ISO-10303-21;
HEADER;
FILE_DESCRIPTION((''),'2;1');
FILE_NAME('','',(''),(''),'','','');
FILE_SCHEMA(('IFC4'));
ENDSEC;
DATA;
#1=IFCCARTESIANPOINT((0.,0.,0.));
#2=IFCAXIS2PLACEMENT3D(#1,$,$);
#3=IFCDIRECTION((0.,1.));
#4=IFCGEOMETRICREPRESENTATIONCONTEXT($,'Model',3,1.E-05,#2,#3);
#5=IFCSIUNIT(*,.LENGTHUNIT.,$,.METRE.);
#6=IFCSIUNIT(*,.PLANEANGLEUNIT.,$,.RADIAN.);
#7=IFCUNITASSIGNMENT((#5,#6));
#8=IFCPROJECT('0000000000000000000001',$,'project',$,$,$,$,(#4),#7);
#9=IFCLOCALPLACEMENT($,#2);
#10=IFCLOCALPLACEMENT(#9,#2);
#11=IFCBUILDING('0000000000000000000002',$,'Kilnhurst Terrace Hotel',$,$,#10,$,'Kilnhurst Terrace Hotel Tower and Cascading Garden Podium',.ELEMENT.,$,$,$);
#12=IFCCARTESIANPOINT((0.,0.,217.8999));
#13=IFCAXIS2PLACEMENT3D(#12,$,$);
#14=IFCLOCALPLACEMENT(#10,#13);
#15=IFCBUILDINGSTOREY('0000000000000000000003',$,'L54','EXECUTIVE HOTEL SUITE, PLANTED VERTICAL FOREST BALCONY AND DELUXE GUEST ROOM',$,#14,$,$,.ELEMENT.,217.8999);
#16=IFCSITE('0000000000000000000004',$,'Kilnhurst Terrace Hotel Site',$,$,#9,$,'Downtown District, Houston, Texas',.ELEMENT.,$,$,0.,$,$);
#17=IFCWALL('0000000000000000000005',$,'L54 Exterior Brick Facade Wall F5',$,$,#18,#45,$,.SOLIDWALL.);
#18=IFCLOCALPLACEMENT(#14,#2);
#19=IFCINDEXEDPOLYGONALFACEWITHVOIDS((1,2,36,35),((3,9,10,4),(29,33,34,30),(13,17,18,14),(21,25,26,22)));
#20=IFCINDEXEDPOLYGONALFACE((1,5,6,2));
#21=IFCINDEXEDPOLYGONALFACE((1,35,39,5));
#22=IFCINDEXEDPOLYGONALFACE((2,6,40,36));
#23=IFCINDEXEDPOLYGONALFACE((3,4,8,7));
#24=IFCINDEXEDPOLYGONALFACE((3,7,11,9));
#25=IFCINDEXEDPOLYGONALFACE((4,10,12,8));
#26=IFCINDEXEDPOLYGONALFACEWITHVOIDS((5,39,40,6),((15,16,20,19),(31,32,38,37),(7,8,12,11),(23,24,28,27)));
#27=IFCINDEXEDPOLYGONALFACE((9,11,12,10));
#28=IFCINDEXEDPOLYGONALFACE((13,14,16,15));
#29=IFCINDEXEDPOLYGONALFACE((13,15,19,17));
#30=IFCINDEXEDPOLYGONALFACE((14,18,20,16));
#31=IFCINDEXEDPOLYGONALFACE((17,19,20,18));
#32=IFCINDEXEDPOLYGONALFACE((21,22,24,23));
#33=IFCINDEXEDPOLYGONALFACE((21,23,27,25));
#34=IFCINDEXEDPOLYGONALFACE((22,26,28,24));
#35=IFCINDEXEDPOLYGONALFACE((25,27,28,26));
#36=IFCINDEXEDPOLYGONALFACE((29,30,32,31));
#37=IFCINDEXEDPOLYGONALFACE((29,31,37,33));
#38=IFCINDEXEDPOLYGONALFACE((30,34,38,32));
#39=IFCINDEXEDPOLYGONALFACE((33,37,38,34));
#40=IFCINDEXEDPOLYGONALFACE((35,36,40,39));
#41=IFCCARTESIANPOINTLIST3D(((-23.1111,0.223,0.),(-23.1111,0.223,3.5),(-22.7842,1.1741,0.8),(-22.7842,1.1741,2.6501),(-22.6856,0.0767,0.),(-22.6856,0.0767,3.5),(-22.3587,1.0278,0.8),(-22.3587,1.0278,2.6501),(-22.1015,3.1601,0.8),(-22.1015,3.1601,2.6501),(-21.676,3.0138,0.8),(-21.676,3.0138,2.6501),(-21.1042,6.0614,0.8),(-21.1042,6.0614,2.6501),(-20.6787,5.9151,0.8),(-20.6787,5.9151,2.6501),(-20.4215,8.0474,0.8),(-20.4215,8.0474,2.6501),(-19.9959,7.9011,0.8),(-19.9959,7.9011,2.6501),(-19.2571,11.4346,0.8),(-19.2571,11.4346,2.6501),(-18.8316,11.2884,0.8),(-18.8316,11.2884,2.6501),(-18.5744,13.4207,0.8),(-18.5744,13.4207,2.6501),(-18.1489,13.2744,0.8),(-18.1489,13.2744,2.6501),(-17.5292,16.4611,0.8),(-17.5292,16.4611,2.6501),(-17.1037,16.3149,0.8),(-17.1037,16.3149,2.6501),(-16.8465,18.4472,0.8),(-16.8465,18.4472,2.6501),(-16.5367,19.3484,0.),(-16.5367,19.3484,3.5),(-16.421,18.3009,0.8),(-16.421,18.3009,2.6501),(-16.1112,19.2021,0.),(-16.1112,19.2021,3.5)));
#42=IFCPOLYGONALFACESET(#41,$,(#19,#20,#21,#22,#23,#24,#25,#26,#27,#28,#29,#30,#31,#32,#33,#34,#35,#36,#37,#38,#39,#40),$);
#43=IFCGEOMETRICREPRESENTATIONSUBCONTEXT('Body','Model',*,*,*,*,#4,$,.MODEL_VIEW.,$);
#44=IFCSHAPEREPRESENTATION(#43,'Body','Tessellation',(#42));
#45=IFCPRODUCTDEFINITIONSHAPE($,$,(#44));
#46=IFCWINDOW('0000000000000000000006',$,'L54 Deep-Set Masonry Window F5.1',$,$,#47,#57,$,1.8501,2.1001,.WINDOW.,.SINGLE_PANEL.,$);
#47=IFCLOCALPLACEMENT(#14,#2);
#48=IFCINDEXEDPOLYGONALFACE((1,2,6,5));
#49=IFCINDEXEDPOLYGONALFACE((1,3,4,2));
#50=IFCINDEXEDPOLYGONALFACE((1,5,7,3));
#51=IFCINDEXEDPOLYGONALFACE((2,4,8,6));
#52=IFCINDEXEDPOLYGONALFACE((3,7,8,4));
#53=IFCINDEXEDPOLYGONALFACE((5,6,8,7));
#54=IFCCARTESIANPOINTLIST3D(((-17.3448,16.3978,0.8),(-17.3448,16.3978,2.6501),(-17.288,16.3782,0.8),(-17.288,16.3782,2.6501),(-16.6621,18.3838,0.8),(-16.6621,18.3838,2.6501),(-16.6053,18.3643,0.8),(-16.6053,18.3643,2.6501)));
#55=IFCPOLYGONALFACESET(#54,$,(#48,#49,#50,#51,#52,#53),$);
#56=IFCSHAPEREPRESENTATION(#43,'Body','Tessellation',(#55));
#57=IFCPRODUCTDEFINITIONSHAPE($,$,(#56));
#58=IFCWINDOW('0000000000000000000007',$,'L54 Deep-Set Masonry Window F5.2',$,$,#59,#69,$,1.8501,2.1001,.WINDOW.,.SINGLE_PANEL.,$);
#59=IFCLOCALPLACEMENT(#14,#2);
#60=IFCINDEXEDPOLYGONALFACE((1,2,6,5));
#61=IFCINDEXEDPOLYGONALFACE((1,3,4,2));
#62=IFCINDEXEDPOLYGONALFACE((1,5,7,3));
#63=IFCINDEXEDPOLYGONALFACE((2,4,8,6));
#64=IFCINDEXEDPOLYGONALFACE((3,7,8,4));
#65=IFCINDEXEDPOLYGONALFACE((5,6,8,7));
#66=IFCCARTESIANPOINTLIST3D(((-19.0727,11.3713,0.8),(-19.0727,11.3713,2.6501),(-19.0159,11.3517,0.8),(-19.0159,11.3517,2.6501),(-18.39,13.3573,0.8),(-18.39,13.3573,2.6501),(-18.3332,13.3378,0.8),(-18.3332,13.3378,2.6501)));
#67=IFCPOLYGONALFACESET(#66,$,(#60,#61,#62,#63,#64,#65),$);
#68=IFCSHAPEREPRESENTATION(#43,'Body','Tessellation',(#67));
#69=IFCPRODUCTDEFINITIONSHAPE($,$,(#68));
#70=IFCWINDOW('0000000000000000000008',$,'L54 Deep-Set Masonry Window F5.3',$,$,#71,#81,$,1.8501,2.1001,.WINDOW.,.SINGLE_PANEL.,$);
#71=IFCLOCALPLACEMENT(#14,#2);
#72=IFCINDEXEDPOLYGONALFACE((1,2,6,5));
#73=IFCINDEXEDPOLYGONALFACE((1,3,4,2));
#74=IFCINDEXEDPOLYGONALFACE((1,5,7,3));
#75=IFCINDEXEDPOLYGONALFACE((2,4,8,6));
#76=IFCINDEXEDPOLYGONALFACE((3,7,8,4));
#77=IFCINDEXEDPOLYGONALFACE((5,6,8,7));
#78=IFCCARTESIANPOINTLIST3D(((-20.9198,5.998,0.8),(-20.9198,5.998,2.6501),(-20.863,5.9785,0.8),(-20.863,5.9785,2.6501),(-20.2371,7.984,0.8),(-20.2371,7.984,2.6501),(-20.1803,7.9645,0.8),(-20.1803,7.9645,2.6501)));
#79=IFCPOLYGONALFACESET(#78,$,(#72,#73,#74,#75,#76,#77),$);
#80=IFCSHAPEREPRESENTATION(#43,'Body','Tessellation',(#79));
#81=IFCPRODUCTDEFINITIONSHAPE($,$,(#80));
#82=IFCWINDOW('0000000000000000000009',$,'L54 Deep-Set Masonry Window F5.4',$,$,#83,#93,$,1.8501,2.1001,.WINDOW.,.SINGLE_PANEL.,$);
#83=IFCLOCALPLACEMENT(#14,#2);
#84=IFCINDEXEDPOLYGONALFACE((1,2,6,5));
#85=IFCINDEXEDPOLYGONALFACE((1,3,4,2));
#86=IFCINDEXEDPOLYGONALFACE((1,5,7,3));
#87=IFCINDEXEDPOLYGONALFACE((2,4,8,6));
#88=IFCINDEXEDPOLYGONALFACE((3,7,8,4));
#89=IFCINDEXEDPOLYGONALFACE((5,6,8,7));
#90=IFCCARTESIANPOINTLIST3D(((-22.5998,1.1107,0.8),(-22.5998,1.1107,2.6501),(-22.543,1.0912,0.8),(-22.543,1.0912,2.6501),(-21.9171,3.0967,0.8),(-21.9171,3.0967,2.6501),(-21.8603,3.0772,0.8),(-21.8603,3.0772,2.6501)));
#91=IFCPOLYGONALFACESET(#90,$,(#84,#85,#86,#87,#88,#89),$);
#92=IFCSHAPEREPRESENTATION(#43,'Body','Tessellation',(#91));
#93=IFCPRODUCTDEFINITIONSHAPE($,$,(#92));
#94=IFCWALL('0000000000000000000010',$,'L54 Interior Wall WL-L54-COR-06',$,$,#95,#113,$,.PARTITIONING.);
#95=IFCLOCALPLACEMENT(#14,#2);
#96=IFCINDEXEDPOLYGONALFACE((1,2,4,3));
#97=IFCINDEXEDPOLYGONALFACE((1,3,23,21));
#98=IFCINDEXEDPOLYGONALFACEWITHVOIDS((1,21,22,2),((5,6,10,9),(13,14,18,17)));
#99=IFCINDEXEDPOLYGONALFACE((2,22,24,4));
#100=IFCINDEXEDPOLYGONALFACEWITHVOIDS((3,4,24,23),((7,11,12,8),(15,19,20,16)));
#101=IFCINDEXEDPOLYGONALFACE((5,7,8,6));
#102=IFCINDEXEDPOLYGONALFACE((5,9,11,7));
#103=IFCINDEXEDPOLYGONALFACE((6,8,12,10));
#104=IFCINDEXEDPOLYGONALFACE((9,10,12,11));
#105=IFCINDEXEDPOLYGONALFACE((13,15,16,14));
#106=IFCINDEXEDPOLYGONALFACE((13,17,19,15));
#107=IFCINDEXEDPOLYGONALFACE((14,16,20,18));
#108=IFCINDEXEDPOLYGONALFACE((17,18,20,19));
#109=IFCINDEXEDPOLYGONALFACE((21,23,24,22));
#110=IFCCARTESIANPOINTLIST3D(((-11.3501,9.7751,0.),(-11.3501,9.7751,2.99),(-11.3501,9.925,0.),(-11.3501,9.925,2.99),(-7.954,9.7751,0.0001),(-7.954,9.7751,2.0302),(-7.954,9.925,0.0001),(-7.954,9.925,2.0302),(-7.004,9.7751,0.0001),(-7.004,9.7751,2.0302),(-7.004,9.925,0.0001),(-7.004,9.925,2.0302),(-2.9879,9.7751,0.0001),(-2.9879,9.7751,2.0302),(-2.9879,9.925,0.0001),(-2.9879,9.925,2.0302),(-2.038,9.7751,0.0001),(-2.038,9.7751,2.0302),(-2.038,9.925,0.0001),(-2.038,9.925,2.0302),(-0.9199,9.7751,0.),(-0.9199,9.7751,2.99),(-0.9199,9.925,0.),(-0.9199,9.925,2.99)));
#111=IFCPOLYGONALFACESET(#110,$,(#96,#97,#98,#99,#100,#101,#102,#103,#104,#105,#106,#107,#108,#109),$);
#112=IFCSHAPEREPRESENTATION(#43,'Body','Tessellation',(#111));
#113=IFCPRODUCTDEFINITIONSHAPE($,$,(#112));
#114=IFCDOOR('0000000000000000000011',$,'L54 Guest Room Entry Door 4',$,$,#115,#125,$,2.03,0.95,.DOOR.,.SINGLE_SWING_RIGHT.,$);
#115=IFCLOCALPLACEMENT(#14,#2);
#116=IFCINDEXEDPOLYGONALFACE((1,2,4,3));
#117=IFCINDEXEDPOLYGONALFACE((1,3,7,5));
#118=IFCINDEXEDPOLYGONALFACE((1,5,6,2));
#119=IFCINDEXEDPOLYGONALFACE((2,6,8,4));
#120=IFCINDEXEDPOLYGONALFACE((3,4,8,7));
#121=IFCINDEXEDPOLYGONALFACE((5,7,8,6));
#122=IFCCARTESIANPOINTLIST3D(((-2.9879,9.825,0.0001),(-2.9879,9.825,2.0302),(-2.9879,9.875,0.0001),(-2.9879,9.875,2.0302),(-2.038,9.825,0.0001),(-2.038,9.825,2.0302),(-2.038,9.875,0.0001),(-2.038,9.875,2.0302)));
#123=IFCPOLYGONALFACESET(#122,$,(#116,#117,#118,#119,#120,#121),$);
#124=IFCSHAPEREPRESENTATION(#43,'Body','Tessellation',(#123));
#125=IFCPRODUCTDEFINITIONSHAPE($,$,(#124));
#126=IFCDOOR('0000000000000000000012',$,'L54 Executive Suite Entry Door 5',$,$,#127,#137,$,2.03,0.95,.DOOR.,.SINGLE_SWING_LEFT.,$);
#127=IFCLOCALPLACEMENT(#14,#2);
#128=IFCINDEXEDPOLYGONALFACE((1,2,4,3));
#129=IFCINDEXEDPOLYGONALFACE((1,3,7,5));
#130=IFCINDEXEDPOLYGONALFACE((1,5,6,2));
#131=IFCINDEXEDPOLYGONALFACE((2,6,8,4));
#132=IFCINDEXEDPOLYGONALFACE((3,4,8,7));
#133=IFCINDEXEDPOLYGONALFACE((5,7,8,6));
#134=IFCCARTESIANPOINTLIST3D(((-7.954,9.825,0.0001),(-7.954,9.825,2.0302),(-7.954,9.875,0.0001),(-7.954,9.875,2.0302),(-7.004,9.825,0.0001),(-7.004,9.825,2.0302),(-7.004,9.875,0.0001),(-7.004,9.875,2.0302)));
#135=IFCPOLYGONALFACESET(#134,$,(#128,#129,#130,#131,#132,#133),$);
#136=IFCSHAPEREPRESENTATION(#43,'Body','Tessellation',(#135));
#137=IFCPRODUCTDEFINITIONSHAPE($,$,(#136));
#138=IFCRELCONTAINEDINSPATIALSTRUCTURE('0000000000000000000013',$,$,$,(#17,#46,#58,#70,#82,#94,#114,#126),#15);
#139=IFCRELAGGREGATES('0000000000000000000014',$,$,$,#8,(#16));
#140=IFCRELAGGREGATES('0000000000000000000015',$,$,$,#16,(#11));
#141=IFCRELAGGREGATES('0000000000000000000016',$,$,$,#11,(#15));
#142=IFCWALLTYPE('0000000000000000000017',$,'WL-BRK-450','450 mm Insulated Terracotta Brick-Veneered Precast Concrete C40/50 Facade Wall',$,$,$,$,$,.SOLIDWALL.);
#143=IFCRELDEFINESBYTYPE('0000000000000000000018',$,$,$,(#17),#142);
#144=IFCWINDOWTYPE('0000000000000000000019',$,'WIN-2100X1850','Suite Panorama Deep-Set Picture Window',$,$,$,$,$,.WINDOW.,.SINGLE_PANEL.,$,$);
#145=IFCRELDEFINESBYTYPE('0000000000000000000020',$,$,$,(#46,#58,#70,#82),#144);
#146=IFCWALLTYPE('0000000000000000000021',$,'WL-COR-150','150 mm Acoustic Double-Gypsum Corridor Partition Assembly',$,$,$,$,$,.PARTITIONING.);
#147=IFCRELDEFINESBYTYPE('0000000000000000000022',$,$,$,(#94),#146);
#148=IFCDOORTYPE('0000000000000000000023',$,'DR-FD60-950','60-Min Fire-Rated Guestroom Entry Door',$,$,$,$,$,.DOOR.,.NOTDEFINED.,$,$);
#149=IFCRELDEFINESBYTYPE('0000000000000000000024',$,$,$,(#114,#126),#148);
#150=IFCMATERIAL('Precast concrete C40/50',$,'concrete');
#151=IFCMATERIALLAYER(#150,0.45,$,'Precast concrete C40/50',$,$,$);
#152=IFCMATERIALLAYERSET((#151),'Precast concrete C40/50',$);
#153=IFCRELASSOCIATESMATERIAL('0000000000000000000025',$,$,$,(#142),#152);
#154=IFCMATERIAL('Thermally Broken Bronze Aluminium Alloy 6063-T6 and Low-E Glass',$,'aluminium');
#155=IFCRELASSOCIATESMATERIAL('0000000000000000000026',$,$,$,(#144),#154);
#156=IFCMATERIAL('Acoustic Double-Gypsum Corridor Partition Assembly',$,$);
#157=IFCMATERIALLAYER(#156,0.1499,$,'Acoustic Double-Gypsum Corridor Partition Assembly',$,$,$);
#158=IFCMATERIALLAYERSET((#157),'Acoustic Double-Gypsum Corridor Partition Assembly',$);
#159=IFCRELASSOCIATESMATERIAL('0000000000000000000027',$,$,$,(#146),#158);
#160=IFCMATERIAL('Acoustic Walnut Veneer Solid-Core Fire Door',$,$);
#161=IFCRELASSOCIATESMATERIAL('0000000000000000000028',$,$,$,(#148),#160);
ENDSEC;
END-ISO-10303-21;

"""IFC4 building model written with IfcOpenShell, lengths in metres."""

from ifc_helpers import new_model, si_unit, direction, frame, frame_2d, origin, place, context, subcontext, project, spatial, rectangle, extrude, material, layer, layer_set, type_object, element, fill, save


model = new_model("IFC4")

# Units and contexts
model_context = context("Model", 3, precision=1e-05, world=origin(), true_north=direction((0.0, 1.0)))
body_context = subcontext(model_context, "Body", "Model", "MODEL_VIEW")
ifc_project = project(units=[si_unit("LENGTHUNIT", "METRE"), si_unit("PLANEANGLEUNIT", "RADIAN")], contexts=[model_context])

# Site, building, storey
site_placement = place(None, origin())
site = spatial("IfcSite", under=ifc_project, at=site_placement, Name="Kilnhurst Terrace Hotel Site", LongName="Downtown District, Houston, Texas", CompositionType="ELEMENT", RefElevation=0.0)
building_placement = place(site_placement, origin())
building = spatial("IfcBuilding", under=site, at=building_placement, Name="Kilnhurst Terrace Hotel", LongName="Kilnhurst Terrace Hotel Tower and Cascading Garden Podium", CompositionType="ELEMENT")
storey_placement = place(building_placement, frame((0.0, 0.0, 217.8999)))
storey = spatial("IfcBuildingStorey", under=building, at=storey_placement, Name="L54", Description="EXECUTIVE HOTEL SUITE, PLANTED VERTICAL FOREST BALCONY AND DELUXE GUEST ROOM", CompositionType="ELEMENT", Elevation=217.8999)

# Shared definitions
ifc_material_1 = material(Name="Precast concrete C40/50", Category="concrete")
ifc_layer_1 = layer(ifc_material_1, 0.45, Name="Precast concrete C40/50")
ifc_layer_set_1 = layer_set([ifc_layer_1], Name="Precast concrete C40/50")
wall_type_1 = type_object("IfcWallType", Name="WL-BRK-450", Description="450 mm Insulated Terracotta Brick-Veneered Precast Concrete C40/50 Facade Wall", PredefinedType="SOLIDWALL", material=ifc_layer_set_1)

# Wall, openings, windows
wall_1_placement = place(storey_placement, frame((-16.324, 19.2751, 0.0), z_axis=(0.0, 0.0, 1.0), x_axis=(-0.325083, -0.945685, 0.0)))
wall_1 = element("IfcWall", 1, at=wall_1_placement, inside=storey, type_object=wall_type_1, Name="L54 Exterior Brick Facade Wall F5", PredefinedType="SOLIDWALL", context=body_context, shape_type="SweptSolid", body=[
    extrude(rectangle(XDim=20.2239, YDim=0.45, at=frame_2d((10.1118, 0.0))), origin(), (0.0, 0.0, 1.0), 3.5),
])
opening_1_placement = place(wall_1_placement, frame((0.9529, 0.0, 0.8)))
opening_1 = element("IfcOpeningElement", 2, at=opening_1_placement, cuts=wall_1, PredefinedType="OPENING", context=body_context, shape_type="SweptSolid", body=[
    extrude(rectangle(XDim=2.1001, YDim=1.8501, at=frame_2d((1.05, 0.925))), frame((0.0, 0.2349, 0.0), z_axis=(0.0, -1.0, 0.0), x_axis=(1.0, 0.0, 0.0)), (0.0, 0.0, 1.0), 0.47),
])
opening_2_placement = place(wall_1_placement, frame((6.2681, 0.0, 0.8)))
opening_2 = element("IfcOpeningElement", 3, at=opening_2_placement, cuts=wall_1, PredefinedType="OPENING", context=body_context, shape_type="SweptSolid", body=[
    extrude(rectangle(XDim=2.1001, YDim=1.8501, at=frame_2d((1.05, 0.925))), frame((0.0, 0.2349, 0.0), z_axis=(0.0, -1.0, 0.0), x_axis=(1.0, 0.0, 0.0)), (0.0, 0.0, 1.0), 0.47),
])
opening_3_placement = place(wall_1_placement, frame((11.95, 0.0, 0.8)))
opening_3 = element("IfcOpeningElement", 4, at=opening_3_placement, cuts=wall_1, PredefinedType="OPENING", context=body_context, shape_type="SweptSolid", body=[
    extrude(rectangle(XDim=2.1001, YDim=1.8501, at=frame_2d((1.05, 0.925))), frame((0.0, 0.2349, 0.0), z_axis=(0.0, -1.0, 0.0), x_axis=(1.0, 0.0, 0.0)), (0.0, 0.0, 1.0), 0.47),
])
opening_4_placement = place(wall_1_placement, frame((17.1179, 0.0, 0.8)))
opening_4 = element("IfcOpeningElement", 5, at=opening_4_placement, cuts=wall_1, PredefinedType="OPENING", context=body_context, shape_type="SweptSolid", body=[
    extrude(rectangle(XDim=2.1001, YDim=1.8501, at=frame_2d((1.05, 0.925))), frame((0.0, 0.2349, 0.0), z_axis=(0.0, -1.0, 0.0), x_axis=(1.0, 0.0, 0.0)), (0.0, 0.0, 1.0), 0.47),
])
ifc_material_2 = material(Name="Thermally Broken Bronze Aluminium Alloy 6063-T6 and Low-E Glass", Category="aluminium")
window_type = type_object("IfcWindowType", Name="WIN-2100X1850", Description="Suite Panorama Deep-Set Picture Window", PartitioningType="SINGLE_PANEL", PredefinedType="WINDOW", material=ifc_material_2)
window_1_placement = place(opening_1_placement, origin())
window_1 = element("IfcWindow", 6, at=window_1_placement, inside=storey, type_object=window_type, Name="L54 Deep-Set Masonry Window F5.1", OverallHeight=1.8501, OverallWidth=2.1001, PartitioningType="SINGLE_PANEL", PredefinedType="WINDOW", context=body_context, shape_type="SweptSolid", body=[
    extrude(rectangle(XDim=2.1001, YDim=1.8501, at=frame_2d((1.05, 0.925))), frame((0.0, 0.03, 0.0), z_axis=(0.0, -1.0, 0.0), x_axis=(1.0, 0.0, 0.0)), (0.0, 0.0, 1.0), 0.0601),
])
fill(opening_1, window_1)
window_2_placement = place(opening_2_placement, origin())
window_2 = element("IfcWindow", 7, at=window_2_placement, inside=storey, type_object=window_type, Name="L54 Deep-Set Masonry Window F5.2", OverallHeight=1.8501, OverallWidth=2.1001, PartitioningType="SINGLE_PANEL", PredefinedType="WINDOW", context=body_context, shape_type="SweptSolid", body=[
    extrude(rectangle(XDim=2.1001, YDim=1.8501, at=frame_2d((1.05, 0.925))), frame((0.0, 0.03, 0.0), z_axis=(0.0, -1.0, 0.0), x_axis=(1.0, 0.0, 0.0)), (0.0, 0.0, 1.0), 0.0601),
])
fill(opening_2, window_2)
window_3_placement = place(opening_3_placement, origin())
window_3 = element("IfcWindow", 8, at=window_3_placement, inside=storey, type_object=window_type, Name="L54 Deep-Set Masonry Window F5.3", OverallHeight=1.8501, OverallWidth=2.1001, PartitioningType="SINGLE_PANEL", PredefinedType="WINDOW", context=body_context, shape_type="SweptSolid", body=[
    extrude(rectangle(XDim=2.1001, YDim=1.8501, at=frame_2d((1.05, 0.925))), frame((0.0, 0.03, 0.0), z_axis=(0.0, -1.0, 0.0), x_axis=(1.0, 0.0, 0.0)), (0.0, 0.0, 1.0), 0.0601),
])
fill(opening_3, window_3)
window_4_placement = place(opening_4_placement, origin())
window_4 = element("IfcWindow", 9, at=window_4_placement, inside=storey, type_object=window_type, Name="L54 Deep-Set Masonry Window F5.4", OverallHeight=1.8501, OverallWidth=2.1001, PartitioningType="SINGLE_PANEL", PredefinedType="WINDOW", context=body_context, shape_type="SweptSolid", body=[
    extrude(rectangle(XDim=2.1001, YDim=1.8501, at=frame_2d((1.05, 0.925))), frame((0.0, 0.03, 0.0), z_axis=(0.0, -1.0, 0.0), x_axis=(1.0, 0.0, 0.0)), (0.0, 0.0, 1.0), 0.0601),
])
fill(opening_4, window_4)

# Wall, openings, doors
ifc_material_3 = material(Name="Acoustic Double-Gypsum Corridor Partition Assembly")
ifc_layer_2 = layer(ifc_material_3, 0.1499, Name="Acoustic Double-Gypsum Corridor Partition Assembly")
ifc_layer_set_2 = layer_set([ifc_layer_2], Name="Acoustic Double-Gypsum Corridor Partition Assembly")
wall_type_2 = type_object("IfcWallType", Name="WL-COR-150", Description="150 mm Acoustic Double-Gypsum Corridor Partition Assembly", PredefinedType="PARTITIONING", material=ifc_layer_set_2)
wall_2_placement = place(storey_placement, frame((-11.3501, 9.8501, 0.0), z_axis=(0.0, 0.0, 1.0), x_axis=(1.0, 0.0, 0.0)))
wall_2 = element("IfcWall", 10, at=wall_2_placement, inside=storey, type_object=wall_type_2, Name="L54 Interior Wall WL-L54-COR-06", PredefinedType="PARTITIONING", context=body_context, shape_type="SweptSolid", body=[
    extrude(rectangle(XDim=10.4302, YDim=0.1499, at=frame_2d((5.2151, 0.0))), origin(), (0.0, 0.0, 1.0), 2.99),
])
opening_5_placement = place(wall_2_placement, frame((8.3621, 0.0, 0.0)))
opening_5 = element("IfcOpeningElement", 11, at=opening_5_placement, cuts=wall_2, PredefinedType="OPENING", context=body_context, shape_type="SweptSolid", body=[
    extrude(rectangle(XDim=0.95, YDim=2.03, at=frame_2d((0.4751, 1.0151))), frame((0.0, 0.085, 0.0), z_axis=(0.0, -1.0, 0.0), x_axis=(1.0, 0.0, 0.0)), (0.0, 0.0, 1.0), 0.1699),
])
opening_6_placement = place(wall_2_placement, frame((3.396, 0.0, 0.0)))
opening_6 = element("IfcOpeningElement", 12, at=opening_6_placement, cuts=wall_2, PredefinedType="OPENING", context=body_context, shape_type="SweptSolid", body=[
    extrude(rectangle(XDim=0.95, YDim=2.03, at=frame_2d((0.4751, 1.0151))), frame((0.0, 0.085, 0.0), z_axis=(0.0, -1.0, 0.0), x_axis=(1.0, 0.0, 0.0)), (0.0, 0.0, 1.0), 0.1699),
])
ifc_material_4 = material(Name="Acoustic Walnut Veneer Solid-Core Fire Door")
door_type_1 = type_object("IfcDoorType", Name="DR-FD60-950", Description="60-Min Fire-Rated Guestroom Entry Door", OperationType="NOTDEFINED", PredefinedType="DOOR", material=ifc_material_4)
door_1_placement = place(opening_5_placement, origin())
door_1 = element("IfcDoor", 13, at=door_1_placement, inside=storey, type_object=door_type_1, Name="L54 Guest Room Entry Door 4", OperationType="SINGLE_SWING_RIGHT", OverallHeight=2.03, OverallWidth=0.95, PredefinedType="DOOR", context=body_context, shape_type="SweptSolid", body=[
    extrude(rectangle(XDim=0.95, YDim=2.03, at=frame_2d((0.4751, 1.0151))), frame((0.0, 0.0249, 0.0), z_axis=(0.0, -1.0, 0.0), x_axis=(1.0, 0.0, 0.0)), (0.0, 0.0, 1.0), 0.05),
])
fill(opening_5, door_1)
door_2_placement = place(opening_6_placement, origin())
door_2 = element("IfcDoor", 14, at=door_2_placement, inside=storey, type_object=door_type_1, Name="L54 Executive Suite Entry Door 5", OperationType="SINGLE_SWING_LEFT", OverallHeight=2.03, OverallWidth=0.95, PredefinedType="DOOR", context=body_context, shape_type="SweptSolid", body=[
    extrude(rectangle(XDim=0.95, YDim=2.03, at=frame_2d((0.4751, 1.0151))), frame((0.0, 0.0249, 0.0), z_axis=(0.0, -1.0, 0.0), x_axis=(1.0, 0.0, 0.0)), (0.0, 0.0, 1.0), 0.05),
])
fill(opening_6, door_2)

save(model, "model.ifc")
